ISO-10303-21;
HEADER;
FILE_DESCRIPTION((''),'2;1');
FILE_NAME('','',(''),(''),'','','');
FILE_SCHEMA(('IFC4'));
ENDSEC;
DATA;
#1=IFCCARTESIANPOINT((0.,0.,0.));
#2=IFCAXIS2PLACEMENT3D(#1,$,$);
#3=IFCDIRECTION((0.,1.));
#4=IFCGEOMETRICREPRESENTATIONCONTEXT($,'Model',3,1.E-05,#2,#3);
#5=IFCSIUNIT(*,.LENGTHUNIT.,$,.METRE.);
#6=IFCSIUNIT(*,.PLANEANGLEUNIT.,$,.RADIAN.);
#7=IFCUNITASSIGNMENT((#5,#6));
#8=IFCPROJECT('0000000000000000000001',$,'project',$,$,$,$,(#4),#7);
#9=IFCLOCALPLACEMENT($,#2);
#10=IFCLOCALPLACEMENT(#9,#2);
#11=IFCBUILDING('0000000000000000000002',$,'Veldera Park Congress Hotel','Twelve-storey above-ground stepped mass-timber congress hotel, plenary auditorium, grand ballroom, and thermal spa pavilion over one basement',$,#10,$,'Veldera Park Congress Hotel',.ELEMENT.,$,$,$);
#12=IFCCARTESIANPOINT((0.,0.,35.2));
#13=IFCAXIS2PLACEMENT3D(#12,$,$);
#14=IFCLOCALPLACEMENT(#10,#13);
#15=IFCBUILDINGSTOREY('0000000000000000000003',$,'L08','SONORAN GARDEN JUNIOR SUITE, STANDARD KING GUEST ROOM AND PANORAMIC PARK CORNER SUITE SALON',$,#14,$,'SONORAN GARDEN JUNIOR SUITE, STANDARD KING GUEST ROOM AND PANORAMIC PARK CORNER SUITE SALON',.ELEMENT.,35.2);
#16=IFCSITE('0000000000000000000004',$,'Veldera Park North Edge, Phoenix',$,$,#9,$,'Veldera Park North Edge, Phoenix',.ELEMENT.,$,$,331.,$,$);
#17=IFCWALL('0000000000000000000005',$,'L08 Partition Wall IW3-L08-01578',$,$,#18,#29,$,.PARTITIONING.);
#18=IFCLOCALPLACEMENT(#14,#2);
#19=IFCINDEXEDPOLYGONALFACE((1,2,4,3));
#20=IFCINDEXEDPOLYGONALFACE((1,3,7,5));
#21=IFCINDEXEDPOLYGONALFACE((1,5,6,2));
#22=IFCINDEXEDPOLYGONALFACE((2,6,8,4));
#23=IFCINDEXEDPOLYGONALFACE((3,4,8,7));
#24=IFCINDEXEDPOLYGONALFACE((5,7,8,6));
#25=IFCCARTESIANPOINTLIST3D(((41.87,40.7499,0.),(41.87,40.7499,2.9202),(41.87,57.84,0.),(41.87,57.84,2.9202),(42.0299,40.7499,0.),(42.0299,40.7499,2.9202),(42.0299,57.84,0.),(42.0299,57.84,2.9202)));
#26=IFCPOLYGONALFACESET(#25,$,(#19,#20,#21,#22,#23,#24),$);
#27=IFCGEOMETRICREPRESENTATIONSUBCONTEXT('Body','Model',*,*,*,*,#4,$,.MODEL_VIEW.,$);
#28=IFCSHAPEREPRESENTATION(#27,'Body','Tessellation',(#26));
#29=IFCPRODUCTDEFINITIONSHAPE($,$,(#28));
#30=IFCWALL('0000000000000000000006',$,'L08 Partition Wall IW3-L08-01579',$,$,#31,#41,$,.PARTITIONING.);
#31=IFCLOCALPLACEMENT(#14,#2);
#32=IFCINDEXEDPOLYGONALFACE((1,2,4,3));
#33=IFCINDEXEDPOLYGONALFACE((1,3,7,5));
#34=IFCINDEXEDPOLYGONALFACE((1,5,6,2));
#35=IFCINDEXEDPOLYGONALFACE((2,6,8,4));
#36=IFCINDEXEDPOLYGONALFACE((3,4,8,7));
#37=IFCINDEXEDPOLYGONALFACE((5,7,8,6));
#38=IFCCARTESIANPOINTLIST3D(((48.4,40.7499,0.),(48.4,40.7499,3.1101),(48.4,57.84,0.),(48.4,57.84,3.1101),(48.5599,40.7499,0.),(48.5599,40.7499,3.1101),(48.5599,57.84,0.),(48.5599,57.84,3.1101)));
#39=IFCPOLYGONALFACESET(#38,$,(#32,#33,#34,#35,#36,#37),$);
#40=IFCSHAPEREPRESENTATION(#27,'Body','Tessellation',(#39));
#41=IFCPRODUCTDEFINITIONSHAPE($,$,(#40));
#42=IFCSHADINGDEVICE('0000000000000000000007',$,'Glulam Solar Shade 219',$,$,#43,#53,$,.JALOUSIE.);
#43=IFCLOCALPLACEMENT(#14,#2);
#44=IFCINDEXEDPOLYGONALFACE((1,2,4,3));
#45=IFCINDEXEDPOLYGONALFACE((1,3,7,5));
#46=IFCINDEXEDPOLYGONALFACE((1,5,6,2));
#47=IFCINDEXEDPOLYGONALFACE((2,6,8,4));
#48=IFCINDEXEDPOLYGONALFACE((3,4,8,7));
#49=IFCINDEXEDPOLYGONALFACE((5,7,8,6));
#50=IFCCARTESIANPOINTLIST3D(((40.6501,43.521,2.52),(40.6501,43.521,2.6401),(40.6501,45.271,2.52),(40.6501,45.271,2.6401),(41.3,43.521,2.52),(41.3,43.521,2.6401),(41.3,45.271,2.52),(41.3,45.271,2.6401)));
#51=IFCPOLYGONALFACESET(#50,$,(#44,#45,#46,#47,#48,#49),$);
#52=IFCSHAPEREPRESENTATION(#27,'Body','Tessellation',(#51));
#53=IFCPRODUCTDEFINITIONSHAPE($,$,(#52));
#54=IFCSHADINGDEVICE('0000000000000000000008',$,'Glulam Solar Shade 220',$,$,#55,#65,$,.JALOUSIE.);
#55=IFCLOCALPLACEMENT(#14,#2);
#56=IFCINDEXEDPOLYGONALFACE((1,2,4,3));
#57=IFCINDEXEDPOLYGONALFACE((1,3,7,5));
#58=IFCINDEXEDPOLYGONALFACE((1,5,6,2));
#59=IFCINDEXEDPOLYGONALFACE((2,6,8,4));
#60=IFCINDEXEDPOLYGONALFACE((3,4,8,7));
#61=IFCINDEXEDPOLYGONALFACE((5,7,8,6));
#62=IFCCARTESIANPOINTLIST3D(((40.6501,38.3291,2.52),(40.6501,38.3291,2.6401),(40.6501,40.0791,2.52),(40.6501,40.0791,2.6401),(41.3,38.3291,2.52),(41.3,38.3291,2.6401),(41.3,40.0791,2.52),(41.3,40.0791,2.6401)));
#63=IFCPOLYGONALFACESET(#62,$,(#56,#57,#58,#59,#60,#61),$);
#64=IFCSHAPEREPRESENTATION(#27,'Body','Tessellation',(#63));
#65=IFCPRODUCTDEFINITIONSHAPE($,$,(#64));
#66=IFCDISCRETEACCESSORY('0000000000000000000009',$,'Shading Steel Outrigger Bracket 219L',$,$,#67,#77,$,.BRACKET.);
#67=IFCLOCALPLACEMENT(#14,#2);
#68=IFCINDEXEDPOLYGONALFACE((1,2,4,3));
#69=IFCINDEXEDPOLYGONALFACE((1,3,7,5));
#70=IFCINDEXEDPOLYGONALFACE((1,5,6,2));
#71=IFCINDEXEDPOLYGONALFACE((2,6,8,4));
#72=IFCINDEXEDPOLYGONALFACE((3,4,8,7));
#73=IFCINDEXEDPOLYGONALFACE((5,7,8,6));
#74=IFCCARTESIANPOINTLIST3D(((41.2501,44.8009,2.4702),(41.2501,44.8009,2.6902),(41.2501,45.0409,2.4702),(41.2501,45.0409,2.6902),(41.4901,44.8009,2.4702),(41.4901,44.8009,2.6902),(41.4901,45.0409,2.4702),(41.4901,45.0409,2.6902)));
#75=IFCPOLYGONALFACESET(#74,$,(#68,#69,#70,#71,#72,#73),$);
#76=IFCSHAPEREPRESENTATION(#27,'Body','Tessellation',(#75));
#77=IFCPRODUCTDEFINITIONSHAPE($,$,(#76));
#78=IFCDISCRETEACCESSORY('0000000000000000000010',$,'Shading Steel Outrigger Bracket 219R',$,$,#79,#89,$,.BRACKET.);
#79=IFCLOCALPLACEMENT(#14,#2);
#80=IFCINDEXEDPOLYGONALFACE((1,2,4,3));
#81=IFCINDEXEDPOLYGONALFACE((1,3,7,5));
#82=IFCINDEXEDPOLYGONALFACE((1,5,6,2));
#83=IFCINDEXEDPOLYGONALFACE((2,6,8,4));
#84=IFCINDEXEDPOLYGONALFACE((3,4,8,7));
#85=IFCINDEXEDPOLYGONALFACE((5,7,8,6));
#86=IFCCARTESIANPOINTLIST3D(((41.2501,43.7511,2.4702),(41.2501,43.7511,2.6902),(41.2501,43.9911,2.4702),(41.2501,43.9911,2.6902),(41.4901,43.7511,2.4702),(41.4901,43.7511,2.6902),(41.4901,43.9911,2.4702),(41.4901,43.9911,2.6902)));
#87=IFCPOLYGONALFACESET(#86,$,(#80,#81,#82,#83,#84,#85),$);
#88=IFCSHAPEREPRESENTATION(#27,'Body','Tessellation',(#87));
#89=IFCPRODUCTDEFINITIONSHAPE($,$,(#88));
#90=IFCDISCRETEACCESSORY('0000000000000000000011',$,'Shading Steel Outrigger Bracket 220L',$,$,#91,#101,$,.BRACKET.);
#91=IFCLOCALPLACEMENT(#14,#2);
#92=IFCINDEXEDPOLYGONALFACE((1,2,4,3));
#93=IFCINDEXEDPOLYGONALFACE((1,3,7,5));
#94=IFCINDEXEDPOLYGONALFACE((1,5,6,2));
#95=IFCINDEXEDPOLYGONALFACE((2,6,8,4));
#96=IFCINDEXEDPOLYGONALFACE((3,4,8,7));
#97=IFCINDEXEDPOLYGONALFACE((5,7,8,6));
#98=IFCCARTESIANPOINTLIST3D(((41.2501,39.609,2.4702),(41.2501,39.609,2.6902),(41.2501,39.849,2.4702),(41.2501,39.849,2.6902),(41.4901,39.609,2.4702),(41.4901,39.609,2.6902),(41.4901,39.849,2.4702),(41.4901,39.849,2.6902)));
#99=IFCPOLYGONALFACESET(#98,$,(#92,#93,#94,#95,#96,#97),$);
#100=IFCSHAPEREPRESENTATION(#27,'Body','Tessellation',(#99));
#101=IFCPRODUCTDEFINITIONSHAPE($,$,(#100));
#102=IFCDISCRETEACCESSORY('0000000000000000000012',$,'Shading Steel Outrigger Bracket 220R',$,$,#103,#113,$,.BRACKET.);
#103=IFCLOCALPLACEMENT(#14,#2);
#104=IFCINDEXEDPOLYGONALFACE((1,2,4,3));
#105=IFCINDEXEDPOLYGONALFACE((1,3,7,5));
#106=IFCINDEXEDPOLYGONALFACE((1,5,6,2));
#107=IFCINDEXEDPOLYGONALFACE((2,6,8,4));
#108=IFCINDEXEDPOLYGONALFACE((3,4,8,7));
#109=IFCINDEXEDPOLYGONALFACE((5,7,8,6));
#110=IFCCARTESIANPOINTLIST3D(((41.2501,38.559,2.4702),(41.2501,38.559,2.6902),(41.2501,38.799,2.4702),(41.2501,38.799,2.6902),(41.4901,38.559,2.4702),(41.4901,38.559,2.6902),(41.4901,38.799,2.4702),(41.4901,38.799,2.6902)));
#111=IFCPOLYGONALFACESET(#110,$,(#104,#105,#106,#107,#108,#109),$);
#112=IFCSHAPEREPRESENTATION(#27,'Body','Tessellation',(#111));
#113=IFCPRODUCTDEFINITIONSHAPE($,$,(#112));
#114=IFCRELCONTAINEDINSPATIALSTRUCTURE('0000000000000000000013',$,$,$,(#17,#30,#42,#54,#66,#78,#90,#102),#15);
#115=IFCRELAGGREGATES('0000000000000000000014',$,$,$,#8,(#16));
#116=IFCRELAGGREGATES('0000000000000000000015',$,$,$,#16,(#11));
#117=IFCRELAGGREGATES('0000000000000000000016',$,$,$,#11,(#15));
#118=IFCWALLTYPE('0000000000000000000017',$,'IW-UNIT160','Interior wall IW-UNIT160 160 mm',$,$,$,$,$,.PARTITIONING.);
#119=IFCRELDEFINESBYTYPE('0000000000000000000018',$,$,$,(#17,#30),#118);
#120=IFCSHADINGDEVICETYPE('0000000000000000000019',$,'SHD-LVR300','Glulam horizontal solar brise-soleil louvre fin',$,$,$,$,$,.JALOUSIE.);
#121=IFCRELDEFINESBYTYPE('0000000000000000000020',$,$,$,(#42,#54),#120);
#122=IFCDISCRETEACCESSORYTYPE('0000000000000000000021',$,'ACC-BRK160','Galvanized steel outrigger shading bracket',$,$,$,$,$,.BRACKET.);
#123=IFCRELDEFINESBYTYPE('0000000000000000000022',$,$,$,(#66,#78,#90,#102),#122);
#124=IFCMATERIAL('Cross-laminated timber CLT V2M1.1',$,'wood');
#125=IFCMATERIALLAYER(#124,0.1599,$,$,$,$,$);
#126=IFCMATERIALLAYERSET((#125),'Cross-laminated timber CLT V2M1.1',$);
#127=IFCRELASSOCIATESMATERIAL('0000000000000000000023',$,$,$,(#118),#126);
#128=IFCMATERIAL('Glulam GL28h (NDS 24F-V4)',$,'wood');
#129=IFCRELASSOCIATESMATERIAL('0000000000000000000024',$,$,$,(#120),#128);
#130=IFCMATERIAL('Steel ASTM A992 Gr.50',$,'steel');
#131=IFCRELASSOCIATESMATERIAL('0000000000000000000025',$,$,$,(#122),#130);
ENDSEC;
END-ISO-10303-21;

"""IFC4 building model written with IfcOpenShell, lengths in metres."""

from ifc_helpers import new_model, si_unit, direction, frame, frame_2d, origin, origin_2d, place, context, subcontext, project, spatial, rectangle, extrude, material, layer, layer_set, type_object, element, save


model = new_model("IFC4")

# Units and contexts
model_context = context("Model", 3, precision=1e-05, world=origin(), true_north=direction((0.0, 1.0)))
body_context = subcontext(model_context, "Body", "Model", "MODEL_VIEW")
ifc_project = project(units=[si_unit("LENGTHUNIT", "METRE"), si_unit("PLANEANGLEUNIT", "RADIAN")], contexts=[model_context])

# Site, building, storey
site_placement = place(None, origin())
site = spatial("IfcSite", under=ifc_project, at=site_placement, Name="Veldera Park North Edge, Phoenix", LongName="Veldera Park North Edge, Phoenix", CompositionType="ELEMENT", RefElevation=331.0)
building_placement = place(site_placement, origin())
building = spatial("IfcBuilding", under=site, at=building_placement, Name="Veldera Park Congress Hotel", Description="Twelve-storey above-ground stepped mass-timber congress hotel, plenary auditorium, grand ballroom, and thermal spa pavilion over one basement", LongName="Veldera Park Congress Hotel", CompositionType="ELEMENT")
storey_placement = place(building_placement, frame((0.0, 0.0, 35.2)))
storey = spatial("IfcBuildingStorey", under=building, at=storey_placement, Name="L08", Description="SONORAN GARDEN JUNIOR SUITE, STANDARD KING GUEST ROOM AND PANORAMIC PARK CORNER SUITE SALON", LongName="SONORAN GARDEN JUNIOR SUITE, STANDARD KING GUEST ROOM AND PANORAMIC PARK CORNER SUITE SALON", CompositionType="ELEMENT", Elevation=35.2)

# Shared definitions
ifc_material_1 = material(Name="Glulam GL28h (NDS 24F-V4)", Category="wood")

# Shared definitions
ifc_material_2 = material(Name="Cross-laminated timber CLT V2M1.1", Category="wood")

# Walls
ifc_layer_1 = layer(ifc_material_2, 0.1599)
ifc_layer_set_1 = layer_set([ifc_layer_1], Name="Cross-laminated timber CLT V2M1.1")
wall_type_1 = type_object("IfcWallType", Name="IW-UNIT160", Description="Interior wall IW-UNIT160 160 mm", PredefinedType="PARTITIONING", material=ifc_layer_set_1)
wall_1_placement = place(storey_placement, frame((41.95, 40.75, 0.0), z_axis=(0.0, 0.0, 1.0), x_axis=(0.0, 1.0, 0.0)))
element("IfcWall", 1, at=wall_1_placement, inside=storey, type_object=wall_type_1, Name="L08 Partition Wall IW3-L08-01578", PredefinedType="PARTITIONING", context=body_context, shape_type="SweptSolid", body=[
    extrude(rectangle(XDim=17.0901, YDim=0.1599, at=frame_2d((8.5449, 0.0))), origin(), (0.0, 0.0, 1.0), 2.9202),
])
wall_2_placement = place(storey_placement, frame((48.48, 40.75, 0.0), z_axis=(0.0, 0.0, 1.0), x_axis=(0.0, 1.0, 0.0)))
element("IfcWall", 2, at=wall_2_placement, inside=storey, type_object=wall_type_1, Name="L08 Partition Wall IW3-L08-01579", PredefinedType="PARTITIONING", context=body_context, shape_type="SweptSolid", body=[
    extrude(rectangle(XDim=17.0901, YDim=0.1599, at=frame_2d((8.5449, 0.0))), origin(), (0.0, 0.0, 1.0), 3.1101),
])

# Shading devices
shading_device_type = type_object("IfcShadingDeviceType", Name="SHD-LVR300", Description="Glulam horizontal solar brise-soleil louvre fin", PredefinedType="JALOUSIE", material=ifc_material_1)
for number, where, z_axis, x_axis, name in (
    (3, (40.9751, 44.396, 2.52), (0.0, 0.0, 1.0), (0.0, -1.0, 0.0), "Glulam Solar Shade 219"),
    (4, (40.9751, 39.2041, 2.52), (0.0, 0.0, 1.0), (0.0, -1.0, 0.0), "Glulam Solar Shade 220"),
):
    element("IfcShadingDevice", number, at=place(storey_placement, frame(where, z_axis=z_axis, x_axis=x_axis)), inside=storey, type_object=shading_device_type, Name=name, PredefinedType="JALOUSIE", context=body_context, shape_type="SweptSolid", body=[
        extrude(rectangle(XDim=1.75, YDim=0.6499, at=origin_2d()), origin(), (0.0, 0.0, 1.0), 0.1201),
    ])

# Discrete accessories
ifc_material_3 = material(Name="Steel ASTM A992 Gr.50", Category="steel")
discrete_accessory_type = type_object("IfcDiscreteAccessoryType", Name="ACC-BRK160", Description="Galvanized steel outrigger shading bracket", PredefinedType="BRACKET", material=ifc_material_3)
for number, where, z_axis, x_axis, name in (
    (5, (41.3701, 44.9209, 2.4702), (0.0, 0.0, 1.0), (0.0, -1.0, 0.0), "Shading Steel Outrigger Bracket 219L"),
    (6, (41.3701, 43.8711, 2.4702), (0.0, 0.0, 1.0), (0.0, -1.0, 0.0), "Shading Steel Outrigger Bracket 219R"),
    (7, (41.3701, 39.729, 2.4702), (0.0, 0.0, 1.0), (0.0, -1.0, 0.0), "Shading Steel Outrigger Bracket 220L"),
    (8, (41.3701, 38.679, 2.4702), (0.0, 0.0, 1.0), (0.0, -1.0, 0.0), "Shading Steel Outrigger Bracket 220R"),
):
    element("IfcDiscreteAccessory", number, at=place(storey_placement, frame(where, z_axis=z_axis, x_axis=x_axis)), inside=storey, type_object=discrete_accessory_type, Name=name, PredefinedType="BRACKET", context=body_context, shape_type="SweptSolid", body=[
        extrude(rectangle(XDim=0.24, YDim=0.24, at=origin_2d()), origin(), (0.0, 0.0, 1.0), 0.22),
    ])

save(model, "model.ifc")
